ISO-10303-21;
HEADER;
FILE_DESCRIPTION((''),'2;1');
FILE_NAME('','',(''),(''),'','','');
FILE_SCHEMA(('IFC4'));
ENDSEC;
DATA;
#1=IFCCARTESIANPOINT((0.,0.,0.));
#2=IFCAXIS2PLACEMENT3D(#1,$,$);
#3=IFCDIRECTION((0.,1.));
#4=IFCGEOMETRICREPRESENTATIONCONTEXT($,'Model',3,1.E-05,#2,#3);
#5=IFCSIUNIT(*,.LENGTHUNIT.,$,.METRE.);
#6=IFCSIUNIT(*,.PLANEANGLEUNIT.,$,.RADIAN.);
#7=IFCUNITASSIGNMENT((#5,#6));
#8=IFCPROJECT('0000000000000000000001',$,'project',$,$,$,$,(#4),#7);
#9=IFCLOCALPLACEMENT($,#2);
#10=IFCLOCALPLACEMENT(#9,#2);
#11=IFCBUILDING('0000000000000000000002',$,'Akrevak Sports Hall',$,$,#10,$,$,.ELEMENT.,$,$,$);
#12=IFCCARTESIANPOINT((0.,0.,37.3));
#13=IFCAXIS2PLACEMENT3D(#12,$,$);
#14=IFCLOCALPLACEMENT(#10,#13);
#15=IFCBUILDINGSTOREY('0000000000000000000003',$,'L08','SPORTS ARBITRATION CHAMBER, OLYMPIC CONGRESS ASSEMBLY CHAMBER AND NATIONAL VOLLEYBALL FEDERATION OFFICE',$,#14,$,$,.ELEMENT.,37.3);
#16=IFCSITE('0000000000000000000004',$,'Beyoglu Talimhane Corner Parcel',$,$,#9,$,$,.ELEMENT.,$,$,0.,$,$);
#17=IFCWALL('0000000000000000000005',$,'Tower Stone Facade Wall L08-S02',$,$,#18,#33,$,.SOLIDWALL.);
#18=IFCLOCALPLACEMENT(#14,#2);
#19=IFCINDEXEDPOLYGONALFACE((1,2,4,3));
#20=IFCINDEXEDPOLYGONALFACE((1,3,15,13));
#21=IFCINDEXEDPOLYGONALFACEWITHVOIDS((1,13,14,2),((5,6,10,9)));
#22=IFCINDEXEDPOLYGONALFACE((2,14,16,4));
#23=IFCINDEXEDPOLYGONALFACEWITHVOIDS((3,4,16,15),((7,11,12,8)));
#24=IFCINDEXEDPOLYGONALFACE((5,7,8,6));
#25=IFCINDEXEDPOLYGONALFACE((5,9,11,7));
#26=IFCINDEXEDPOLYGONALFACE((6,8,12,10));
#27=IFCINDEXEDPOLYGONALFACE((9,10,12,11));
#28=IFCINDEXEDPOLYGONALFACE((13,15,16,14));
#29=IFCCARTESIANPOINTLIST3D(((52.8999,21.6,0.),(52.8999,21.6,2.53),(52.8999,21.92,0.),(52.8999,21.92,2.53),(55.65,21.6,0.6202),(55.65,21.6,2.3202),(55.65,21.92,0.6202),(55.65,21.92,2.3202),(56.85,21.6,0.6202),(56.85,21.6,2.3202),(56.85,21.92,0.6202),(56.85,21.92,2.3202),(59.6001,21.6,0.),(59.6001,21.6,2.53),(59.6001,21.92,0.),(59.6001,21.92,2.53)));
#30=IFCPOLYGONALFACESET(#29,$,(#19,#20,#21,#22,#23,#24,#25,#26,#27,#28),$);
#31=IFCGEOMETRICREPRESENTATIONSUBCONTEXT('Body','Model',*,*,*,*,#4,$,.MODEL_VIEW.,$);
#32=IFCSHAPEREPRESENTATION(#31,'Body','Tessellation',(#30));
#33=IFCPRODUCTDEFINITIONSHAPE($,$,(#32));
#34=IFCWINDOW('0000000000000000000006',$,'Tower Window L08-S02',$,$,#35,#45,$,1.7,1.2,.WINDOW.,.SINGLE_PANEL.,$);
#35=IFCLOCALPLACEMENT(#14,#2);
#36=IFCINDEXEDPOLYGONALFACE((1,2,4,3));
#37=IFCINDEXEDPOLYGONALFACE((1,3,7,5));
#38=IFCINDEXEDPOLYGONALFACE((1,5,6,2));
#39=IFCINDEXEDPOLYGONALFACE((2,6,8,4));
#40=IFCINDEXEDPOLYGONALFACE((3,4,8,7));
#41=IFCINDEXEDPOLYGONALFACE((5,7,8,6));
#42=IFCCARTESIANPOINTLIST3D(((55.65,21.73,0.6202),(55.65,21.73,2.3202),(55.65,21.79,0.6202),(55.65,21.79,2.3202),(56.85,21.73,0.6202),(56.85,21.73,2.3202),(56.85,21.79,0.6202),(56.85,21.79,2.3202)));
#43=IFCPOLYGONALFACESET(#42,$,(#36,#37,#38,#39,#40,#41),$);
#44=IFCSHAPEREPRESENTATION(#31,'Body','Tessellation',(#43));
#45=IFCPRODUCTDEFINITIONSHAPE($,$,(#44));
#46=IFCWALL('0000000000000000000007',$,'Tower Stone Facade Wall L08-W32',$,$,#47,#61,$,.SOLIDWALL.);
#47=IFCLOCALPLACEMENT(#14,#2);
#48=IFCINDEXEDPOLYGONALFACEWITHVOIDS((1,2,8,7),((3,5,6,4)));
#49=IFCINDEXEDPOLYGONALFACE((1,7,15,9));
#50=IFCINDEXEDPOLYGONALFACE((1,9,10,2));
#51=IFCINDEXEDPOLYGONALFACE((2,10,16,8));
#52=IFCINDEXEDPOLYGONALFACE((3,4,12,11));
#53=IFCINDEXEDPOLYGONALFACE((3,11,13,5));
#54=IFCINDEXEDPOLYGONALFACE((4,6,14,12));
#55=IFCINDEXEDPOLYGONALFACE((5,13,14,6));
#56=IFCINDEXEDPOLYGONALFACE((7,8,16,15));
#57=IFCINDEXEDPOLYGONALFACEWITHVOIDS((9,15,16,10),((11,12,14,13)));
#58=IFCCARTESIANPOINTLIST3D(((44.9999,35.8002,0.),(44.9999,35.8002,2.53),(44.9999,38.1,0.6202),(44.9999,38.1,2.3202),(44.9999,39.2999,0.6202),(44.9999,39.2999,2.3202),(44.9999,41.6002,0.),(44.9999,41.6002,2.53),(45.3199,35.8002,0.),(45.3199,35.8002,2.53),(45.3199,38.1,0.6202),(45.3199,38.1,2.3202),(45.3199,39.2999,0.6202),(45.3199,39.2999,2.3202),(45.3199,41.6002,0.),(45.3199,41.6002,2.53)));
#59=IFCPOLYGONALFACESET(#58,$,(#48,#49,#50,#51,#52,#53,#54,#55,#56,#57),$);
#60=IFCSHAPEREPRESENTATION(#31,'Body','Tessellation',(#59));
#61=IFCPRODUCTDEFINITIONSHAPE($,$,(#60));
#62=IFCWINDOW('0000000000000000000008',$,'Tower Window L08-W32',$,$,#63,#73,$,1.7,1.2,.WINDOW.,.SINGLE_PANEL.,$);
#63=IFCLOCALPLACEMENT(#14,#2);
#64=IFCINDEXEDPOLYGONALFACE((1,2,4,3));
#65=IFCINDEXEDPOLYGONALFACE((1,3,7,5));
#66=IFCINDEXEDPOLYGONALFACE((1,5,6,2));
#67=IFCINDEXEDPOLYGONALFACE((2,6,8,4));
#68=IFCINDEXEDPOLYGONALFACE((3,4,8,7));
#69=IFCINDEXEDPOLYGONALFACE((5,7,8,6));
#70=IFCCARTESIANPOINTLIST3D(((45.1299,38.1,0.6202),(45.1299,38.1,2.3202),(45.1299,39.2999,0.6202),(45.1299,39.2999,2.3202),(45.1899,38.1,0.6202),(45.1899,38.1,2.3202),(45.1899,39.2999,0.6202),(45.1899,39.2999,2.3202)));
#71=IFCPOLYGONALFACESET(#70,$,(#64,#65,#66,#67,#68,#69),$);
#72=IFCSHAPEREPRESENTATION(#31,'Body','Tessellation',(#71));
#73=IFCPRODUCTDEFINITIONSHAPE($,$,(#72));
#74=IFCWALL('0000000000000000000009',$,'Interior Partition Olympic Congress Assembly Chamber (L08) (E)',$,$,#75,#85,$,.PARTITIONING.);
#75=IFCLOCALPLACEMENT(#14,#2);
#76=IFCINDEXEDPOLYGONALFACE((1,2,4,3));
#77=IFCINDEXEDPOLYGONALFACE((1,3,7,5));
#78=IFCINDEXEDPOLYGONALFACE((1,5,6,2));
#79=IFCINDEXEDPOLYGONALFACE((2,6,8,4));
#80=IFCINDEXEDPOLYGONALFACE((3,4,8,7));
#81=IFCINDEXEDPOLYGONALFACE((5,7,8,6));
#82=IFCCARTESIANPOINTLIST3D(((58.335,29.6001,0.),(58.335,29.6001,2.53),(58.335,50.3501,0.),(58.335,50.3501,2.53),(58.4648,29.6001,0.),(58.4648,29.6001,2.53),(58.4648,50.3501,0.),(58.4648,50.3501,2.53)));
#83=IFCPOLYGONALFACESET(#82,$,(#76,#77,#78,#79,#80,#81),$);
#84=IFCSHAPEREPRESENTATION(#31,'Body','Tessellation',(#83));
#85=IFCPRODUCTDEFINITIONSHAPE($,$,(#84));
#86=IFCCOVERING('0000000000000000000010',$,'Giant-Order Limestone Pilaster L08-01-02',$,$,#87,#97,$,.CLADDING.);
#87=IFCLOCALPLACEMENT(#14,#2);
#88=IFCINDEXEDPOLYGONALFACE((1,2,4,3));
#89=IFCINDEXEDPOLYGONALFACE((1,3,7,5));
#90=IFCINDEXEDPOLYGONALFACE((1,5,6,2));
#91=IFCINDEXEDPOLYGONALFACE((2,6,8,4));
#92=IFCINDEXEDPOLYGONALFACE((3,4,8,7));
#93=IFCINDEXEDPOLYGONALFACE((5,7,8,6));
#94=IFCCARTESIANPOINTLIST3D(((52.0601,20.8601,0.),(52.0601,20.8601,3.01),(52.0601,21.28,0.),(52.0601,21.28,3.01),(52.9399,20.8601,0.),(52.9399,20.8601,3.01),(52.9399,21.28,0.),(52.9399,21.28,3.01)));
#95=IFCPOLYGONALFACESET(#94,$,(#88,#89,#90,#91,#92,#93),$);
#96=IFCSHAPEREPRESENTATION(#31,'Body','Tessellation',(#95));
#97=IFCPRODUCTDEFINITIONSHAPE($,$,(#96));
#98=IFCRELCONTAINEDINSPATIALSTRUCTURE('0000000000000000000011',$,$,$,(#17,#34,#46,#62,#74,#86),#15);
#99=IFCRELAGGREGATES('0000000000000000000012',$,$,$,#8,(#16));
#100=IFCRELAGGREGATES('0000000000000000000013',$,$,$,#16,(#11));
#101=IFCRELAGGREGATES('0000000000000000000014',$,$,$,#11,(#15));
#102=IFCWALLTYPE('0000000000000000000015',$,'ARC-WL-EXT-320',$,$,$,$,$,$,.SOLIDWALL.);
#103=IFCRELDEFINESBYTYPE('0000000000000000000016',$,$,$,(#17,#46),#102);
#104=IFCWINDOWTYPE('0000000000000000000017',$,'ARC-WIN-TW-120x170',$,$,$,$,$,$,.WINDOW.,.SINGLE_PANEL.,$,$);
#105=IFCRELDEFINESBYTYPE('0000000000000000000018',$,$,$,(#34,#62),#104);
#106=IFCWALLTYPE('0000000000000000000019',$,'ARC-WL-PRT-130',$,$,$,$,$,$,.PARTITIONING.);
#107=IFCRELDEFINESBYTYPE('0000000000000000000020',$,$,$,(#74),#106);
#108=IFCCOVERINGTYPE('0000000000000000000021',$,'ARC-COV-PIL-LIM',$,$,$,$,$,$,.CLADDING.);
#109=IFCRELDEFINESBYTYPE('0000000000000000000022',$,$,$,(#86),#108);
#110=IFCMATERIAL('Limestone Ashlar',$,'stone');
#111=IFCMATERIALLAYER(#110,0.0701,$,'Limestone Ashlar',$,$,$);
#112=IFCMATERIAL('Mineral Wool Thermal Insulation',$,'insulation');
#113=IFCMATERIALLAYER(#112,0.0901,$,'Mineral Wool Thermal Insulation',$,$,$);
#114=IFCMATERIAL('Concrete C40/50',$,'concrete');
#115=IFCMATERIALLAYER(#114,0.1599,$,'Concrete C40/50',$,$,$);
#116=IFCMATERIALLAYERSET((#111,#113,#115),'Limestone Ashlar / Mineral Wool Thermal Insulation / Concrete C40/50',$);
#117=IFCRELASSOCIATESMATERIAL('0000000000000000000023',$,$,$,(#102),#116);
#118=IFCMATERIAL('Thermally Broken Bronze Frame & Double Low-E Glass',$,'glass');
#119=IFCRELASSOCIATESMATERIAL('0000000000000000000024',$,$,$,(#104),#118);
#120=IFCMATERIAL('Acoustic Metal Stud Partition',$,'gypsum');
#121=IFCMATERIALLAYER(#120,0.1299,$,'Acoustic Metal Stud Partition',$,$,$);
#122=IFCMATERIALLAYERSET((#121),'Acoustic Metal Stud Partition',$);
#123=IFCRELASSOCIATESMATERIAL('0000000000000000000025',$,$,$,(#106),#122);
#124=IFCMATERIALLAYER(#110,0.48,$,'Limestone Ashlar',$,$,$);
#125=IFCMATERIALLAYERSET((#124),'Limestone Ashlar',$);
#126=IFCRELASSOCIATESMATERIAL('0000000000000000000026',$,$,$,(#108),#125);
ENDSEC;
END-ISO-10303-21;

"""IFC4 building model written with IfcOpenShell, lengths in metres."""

from ifc_helpers import new_model, si_unit, direction, frame, frame_2d, origin, origin_2d, place, context, subcontext, project, spatial, rectangle, extrude, material, layer, layer_set, type_object, element, fill, save


model = new_model("IFC4")

# Units and contexts
model_context = context("Model", 3, precision=1e-05, world=origin(), true_north=direction((0.0, 1.0)))
body_context = subcontext(model_context, "Body", "Model", "MODEL_VIEW")
ifc_project = project(units=[si_unit("LENGTHUNIT", "METRE"), si_unit("PLANEANGLEUNIT", "RADIAN")], contexts=[model_context])

# Site, building, storey
site_placement = place(None, origin())
site = spatial("IfcSite", under=ifc_project, at=site_placement, Name="Beyoglu Talimhane Corner Parcel", CompositionType="ELEMENT", RefElevation=0.0)
building_placement = place(site_placement, origin())
building = spatial("IfcBuilding", under=site, at=building_placement, Name="Akrevak Sports Hall", CompositionType="ELEMENT")
storey_placement = place(building_placement, frame((0.0, 0.0, 37.3)))
storey = spatial("IfcBuildingStorey", under=building, at=storey_placement, Name="L08", Description="SPORTS ARBITRATION CHAMBER, OLYMPIC CONGRESS ASSEMBLY CHAMBER AND NATIONAL VOLLEYBALL FEDERATION OFFICE", CompositionType="ELEMENT", Elevation=37.3)

# Shared definitions
ifc_material_1 = material(Name="Concrete C40/50", Category="concrete")

# Walls, openings, windows
ifc_material_2 = material(Name="Limestone Ashlar", Category="stone")
ifc_layer_1 = layer(ifc_material_2, 0.0701, Name="Limestone Ashlar")
ifc_material_3 = material(Name="Mineral Wool Thermal Insulation", Category="insulation")
ifc_layer_2 = layer(ifc_material_3, 0.0901, Name="Mineral Wool Thermal Insulation")
ifc_layer_3 = layer(ifc_material_1, 0.1599, Name="Concrete C40/50")
ifc_layer_set_1 = layer_set([ifc_layer_1, ifc_layer_2, ifc_layer_3], Name="Limestone Ashlar / Mineral Wool Thermal Insulation / Concrete C40/50")
wall_type_1 = type_object("IfcWallType", Name="ARC-WL-EXT-320", PredefinedType="SOLIDWALL", material=ifc_layer_set_1)
ifc_material_4 = material(Name="Thermally Broken Bronze Frame & Double Low-E Glass", Category="glass")
wall_1_placement = place(storey_placement, frame((52.8999, 21.76, 0.0), z_axis=(0.0, 0.0, 1.0), x_axis=(1.0, 0.0, 0.0)))
wall_1 = element("IfcWall", 1, at=wall_1_placement, inside=storey, type_object=wall_type_1, Name="Tower Stone Facade Wall L08-S02", PredefinedType="SOLIDWALL", context=body_context, shape_type="SweptSolid", body=[
    extrude(rectangle(XDim=6.7002, YDim=0.3201, at=frame_2d((3.3501, 0.0))), origin(), (0.0, 0.0, 1.0), 2.53),
])
opening_1_placement = place(wall_1_placement, frame((2.75, 0.0, 0.6201)))
opening_1 = element("IfcOpeningElement", 2, at=opening_1_placement, cuts=wall_1, PredefinedType="OPENING", context=body_context, shape_type="SweptSolid", body=[
    extrude(rectangle(XDim=1.2, YDim=1.7, at=frame_2d((0.6001, 0.8501))), frame((0.0, 0.1719, 0.0), z_axis=(0.0, -1.0, 0.0), x_axis=(1.0, 0.0, 0.0)), (0.0, 0.0, 1.0), 0.344),
])
window_type_1 = type_object("IfcWindowType", Name="ARC-WIN-TW-120x170", PartitioningType="SINGLE_PANEL", PredefinedType="WINDOW", material=ifc_material_4)
window_1_placement = place(opening_1_placement, origin())
window_1 = element("IfcWindow", 3, at=window_1_placement, inside=storey, type_object=window_type_1, Name="Tower Window L08-S02", OverallHeight=1.7, OverallWidth=1.2, PartitioningType="SINGLE_PANEL", PredefinedType="WINDOW", context=body_context, shape_type="SweptSolid", body=[
    extrude(rectangle(XDim=1.2, YDim=1.7, at=frame_2d((0.6001, 0.8501))), frame((0.0, 0.03, 0.0), z_axis=(0.0, -1.0, 0.0), x_axis=(1.0, 0.0, 0.0)), (0.0, 0.0, 1.0), 0.0601),
])
fill(opening_1, window_1)
wall_2_placement = place(storey_placement, frame((45.1599, 41.6001, 0.0), z_axis=(0.0, 0.0, 1.0), x_axis=(0.0, -1.0, 0.0)))
wall_2 = element("IfcWall", 4, at=wall_2_placement, inside=storey, type_object=wall_type_1, Name="Tower Stone Facade Wall L08-W32", PredefinedType="SOLIDWALL", context=body_context, shape_type="SweptSolid", body=[
    extrude(rectangle(XDim=5.8, YDim=0.3201, at=frame_2d((2.8999, 0.0))), origin(), (0.0, 0.0, 1.0), 2.53),
])
opening_2_placement = place(wall_2_placement, frame((2.3, 0.0, 0.6201)))
opening_2 = element("IfcOpeningElement", 5, at=opening_2_placement, cuts=wall_2, PredefinedType="OPENING", context=body_context, shape_type="SweptSolid", body=[
    extrude(rectangle(XDim=1.2, YDim=1.7, at=frame_2d((0.6001, 0.8501))), frame((0.0, 0.1719, 0.0), z_axis=(0.0, -1.0, 0.0), x_axis=(1.0, 0.0, 0.0)), (0.0, 0.0, 1.0), 0.344),
])
window_2_placement = place(opening_2_placement, origin())
window_2 = element("IfcWindow", 6, at=window_2_placement, inside=storey, type_object=window_type_1, Name="Tower Window L08-W32", OverallHeight=1.7, OverallWidth=1.2, PartitioningType="SINGLE_PANEL", PredefinedType="WINDOW", context=body_context, shape_type="SweptSolid", body=[
    extrude(rectangle(XDim=1.2, YDim=1.7, at=frame_2d((0.6001, 0.8501))), frame((0.0, 0.03, 0.0), z_axis=(0.0, -1.0, 0.0), x_axis=(1.0, 0.0, 0.0)), (0.0, 0.0, 1.0), 0.0601),
])
fill(opening_2, window_2)

# Wall
ifc_material_5 = material(Name="Acoustic Metal Stud Partition", Category="gypsum")
ifc_layer_4 = layer(ifc_material_5, 0.1299, Name="Acoustic Metal Stud Partition")
ifc_layer_set_2 = layer_set([ifc_layer_4], Name="Acoustic Metal Stud Partition")
wall_type_2 = type_object("IfcWallType", Name="ARC-WL-PRT-130", PredefinedType="PARTITIONING", material=ifc_layer_set_2)
wall_3_placement = place(storey_placement, frame((58.3999, 29.6001, 0.0), z_axis=(0.0, 0.0, 1.0), x_axis=(0.0, 1.0, 0.0)))
element("IfcWall", 7, at=wall_3_placement, inside=storey, type_object=wall_type_2, Name="Interior Partition Olympic Congress Assembly Chamber (L08) (E)", PredefinedType="PARTITIONING", context=body_context, shape_type="SweptSolid", body=[
    extrude(rectangle(XDim=20.75, YDim=0.1299, at=frame_2d((10.375, 0.0))), origin(), (0.0, 0.0, 1.0), 2.53),
])

# Covering
ifc_layer_5 = layer(ifc_material_2, 0.48, Name="Limestone Ashlar")
ifc_layer_set_3 = layer_set([ifc_layer_5], Name="Limestone Ashlar")
covering_type = type_object("IfcCoveringType", Name="ARC-COV-PIL-LIM", PredefinedType="CLADDING", material=ifc_layer_set_3)
covering_placement = place(storey_placement, frame((52.5, 21.0701, 0.0), z_axis=(0.0, 0.0, 1.0), x_axis=(1.0, 0.0, 0.0)))
element("IfcCovering", 8, at=covering_placement, inside=storey, type_object=covering_type, Name="Giant-Order Limestone Pilaster L08-01-02", PredefinedType="CLADDING", context=body_context, shape_type="SweptSolid", body=[
    extrude(rectangle(XDim=0.8799, YDim=0.4199, at=origin_2d()), origin(), (0.0, 0.0, 1.0), 3.01),
])

save(model, "model.ifc")
